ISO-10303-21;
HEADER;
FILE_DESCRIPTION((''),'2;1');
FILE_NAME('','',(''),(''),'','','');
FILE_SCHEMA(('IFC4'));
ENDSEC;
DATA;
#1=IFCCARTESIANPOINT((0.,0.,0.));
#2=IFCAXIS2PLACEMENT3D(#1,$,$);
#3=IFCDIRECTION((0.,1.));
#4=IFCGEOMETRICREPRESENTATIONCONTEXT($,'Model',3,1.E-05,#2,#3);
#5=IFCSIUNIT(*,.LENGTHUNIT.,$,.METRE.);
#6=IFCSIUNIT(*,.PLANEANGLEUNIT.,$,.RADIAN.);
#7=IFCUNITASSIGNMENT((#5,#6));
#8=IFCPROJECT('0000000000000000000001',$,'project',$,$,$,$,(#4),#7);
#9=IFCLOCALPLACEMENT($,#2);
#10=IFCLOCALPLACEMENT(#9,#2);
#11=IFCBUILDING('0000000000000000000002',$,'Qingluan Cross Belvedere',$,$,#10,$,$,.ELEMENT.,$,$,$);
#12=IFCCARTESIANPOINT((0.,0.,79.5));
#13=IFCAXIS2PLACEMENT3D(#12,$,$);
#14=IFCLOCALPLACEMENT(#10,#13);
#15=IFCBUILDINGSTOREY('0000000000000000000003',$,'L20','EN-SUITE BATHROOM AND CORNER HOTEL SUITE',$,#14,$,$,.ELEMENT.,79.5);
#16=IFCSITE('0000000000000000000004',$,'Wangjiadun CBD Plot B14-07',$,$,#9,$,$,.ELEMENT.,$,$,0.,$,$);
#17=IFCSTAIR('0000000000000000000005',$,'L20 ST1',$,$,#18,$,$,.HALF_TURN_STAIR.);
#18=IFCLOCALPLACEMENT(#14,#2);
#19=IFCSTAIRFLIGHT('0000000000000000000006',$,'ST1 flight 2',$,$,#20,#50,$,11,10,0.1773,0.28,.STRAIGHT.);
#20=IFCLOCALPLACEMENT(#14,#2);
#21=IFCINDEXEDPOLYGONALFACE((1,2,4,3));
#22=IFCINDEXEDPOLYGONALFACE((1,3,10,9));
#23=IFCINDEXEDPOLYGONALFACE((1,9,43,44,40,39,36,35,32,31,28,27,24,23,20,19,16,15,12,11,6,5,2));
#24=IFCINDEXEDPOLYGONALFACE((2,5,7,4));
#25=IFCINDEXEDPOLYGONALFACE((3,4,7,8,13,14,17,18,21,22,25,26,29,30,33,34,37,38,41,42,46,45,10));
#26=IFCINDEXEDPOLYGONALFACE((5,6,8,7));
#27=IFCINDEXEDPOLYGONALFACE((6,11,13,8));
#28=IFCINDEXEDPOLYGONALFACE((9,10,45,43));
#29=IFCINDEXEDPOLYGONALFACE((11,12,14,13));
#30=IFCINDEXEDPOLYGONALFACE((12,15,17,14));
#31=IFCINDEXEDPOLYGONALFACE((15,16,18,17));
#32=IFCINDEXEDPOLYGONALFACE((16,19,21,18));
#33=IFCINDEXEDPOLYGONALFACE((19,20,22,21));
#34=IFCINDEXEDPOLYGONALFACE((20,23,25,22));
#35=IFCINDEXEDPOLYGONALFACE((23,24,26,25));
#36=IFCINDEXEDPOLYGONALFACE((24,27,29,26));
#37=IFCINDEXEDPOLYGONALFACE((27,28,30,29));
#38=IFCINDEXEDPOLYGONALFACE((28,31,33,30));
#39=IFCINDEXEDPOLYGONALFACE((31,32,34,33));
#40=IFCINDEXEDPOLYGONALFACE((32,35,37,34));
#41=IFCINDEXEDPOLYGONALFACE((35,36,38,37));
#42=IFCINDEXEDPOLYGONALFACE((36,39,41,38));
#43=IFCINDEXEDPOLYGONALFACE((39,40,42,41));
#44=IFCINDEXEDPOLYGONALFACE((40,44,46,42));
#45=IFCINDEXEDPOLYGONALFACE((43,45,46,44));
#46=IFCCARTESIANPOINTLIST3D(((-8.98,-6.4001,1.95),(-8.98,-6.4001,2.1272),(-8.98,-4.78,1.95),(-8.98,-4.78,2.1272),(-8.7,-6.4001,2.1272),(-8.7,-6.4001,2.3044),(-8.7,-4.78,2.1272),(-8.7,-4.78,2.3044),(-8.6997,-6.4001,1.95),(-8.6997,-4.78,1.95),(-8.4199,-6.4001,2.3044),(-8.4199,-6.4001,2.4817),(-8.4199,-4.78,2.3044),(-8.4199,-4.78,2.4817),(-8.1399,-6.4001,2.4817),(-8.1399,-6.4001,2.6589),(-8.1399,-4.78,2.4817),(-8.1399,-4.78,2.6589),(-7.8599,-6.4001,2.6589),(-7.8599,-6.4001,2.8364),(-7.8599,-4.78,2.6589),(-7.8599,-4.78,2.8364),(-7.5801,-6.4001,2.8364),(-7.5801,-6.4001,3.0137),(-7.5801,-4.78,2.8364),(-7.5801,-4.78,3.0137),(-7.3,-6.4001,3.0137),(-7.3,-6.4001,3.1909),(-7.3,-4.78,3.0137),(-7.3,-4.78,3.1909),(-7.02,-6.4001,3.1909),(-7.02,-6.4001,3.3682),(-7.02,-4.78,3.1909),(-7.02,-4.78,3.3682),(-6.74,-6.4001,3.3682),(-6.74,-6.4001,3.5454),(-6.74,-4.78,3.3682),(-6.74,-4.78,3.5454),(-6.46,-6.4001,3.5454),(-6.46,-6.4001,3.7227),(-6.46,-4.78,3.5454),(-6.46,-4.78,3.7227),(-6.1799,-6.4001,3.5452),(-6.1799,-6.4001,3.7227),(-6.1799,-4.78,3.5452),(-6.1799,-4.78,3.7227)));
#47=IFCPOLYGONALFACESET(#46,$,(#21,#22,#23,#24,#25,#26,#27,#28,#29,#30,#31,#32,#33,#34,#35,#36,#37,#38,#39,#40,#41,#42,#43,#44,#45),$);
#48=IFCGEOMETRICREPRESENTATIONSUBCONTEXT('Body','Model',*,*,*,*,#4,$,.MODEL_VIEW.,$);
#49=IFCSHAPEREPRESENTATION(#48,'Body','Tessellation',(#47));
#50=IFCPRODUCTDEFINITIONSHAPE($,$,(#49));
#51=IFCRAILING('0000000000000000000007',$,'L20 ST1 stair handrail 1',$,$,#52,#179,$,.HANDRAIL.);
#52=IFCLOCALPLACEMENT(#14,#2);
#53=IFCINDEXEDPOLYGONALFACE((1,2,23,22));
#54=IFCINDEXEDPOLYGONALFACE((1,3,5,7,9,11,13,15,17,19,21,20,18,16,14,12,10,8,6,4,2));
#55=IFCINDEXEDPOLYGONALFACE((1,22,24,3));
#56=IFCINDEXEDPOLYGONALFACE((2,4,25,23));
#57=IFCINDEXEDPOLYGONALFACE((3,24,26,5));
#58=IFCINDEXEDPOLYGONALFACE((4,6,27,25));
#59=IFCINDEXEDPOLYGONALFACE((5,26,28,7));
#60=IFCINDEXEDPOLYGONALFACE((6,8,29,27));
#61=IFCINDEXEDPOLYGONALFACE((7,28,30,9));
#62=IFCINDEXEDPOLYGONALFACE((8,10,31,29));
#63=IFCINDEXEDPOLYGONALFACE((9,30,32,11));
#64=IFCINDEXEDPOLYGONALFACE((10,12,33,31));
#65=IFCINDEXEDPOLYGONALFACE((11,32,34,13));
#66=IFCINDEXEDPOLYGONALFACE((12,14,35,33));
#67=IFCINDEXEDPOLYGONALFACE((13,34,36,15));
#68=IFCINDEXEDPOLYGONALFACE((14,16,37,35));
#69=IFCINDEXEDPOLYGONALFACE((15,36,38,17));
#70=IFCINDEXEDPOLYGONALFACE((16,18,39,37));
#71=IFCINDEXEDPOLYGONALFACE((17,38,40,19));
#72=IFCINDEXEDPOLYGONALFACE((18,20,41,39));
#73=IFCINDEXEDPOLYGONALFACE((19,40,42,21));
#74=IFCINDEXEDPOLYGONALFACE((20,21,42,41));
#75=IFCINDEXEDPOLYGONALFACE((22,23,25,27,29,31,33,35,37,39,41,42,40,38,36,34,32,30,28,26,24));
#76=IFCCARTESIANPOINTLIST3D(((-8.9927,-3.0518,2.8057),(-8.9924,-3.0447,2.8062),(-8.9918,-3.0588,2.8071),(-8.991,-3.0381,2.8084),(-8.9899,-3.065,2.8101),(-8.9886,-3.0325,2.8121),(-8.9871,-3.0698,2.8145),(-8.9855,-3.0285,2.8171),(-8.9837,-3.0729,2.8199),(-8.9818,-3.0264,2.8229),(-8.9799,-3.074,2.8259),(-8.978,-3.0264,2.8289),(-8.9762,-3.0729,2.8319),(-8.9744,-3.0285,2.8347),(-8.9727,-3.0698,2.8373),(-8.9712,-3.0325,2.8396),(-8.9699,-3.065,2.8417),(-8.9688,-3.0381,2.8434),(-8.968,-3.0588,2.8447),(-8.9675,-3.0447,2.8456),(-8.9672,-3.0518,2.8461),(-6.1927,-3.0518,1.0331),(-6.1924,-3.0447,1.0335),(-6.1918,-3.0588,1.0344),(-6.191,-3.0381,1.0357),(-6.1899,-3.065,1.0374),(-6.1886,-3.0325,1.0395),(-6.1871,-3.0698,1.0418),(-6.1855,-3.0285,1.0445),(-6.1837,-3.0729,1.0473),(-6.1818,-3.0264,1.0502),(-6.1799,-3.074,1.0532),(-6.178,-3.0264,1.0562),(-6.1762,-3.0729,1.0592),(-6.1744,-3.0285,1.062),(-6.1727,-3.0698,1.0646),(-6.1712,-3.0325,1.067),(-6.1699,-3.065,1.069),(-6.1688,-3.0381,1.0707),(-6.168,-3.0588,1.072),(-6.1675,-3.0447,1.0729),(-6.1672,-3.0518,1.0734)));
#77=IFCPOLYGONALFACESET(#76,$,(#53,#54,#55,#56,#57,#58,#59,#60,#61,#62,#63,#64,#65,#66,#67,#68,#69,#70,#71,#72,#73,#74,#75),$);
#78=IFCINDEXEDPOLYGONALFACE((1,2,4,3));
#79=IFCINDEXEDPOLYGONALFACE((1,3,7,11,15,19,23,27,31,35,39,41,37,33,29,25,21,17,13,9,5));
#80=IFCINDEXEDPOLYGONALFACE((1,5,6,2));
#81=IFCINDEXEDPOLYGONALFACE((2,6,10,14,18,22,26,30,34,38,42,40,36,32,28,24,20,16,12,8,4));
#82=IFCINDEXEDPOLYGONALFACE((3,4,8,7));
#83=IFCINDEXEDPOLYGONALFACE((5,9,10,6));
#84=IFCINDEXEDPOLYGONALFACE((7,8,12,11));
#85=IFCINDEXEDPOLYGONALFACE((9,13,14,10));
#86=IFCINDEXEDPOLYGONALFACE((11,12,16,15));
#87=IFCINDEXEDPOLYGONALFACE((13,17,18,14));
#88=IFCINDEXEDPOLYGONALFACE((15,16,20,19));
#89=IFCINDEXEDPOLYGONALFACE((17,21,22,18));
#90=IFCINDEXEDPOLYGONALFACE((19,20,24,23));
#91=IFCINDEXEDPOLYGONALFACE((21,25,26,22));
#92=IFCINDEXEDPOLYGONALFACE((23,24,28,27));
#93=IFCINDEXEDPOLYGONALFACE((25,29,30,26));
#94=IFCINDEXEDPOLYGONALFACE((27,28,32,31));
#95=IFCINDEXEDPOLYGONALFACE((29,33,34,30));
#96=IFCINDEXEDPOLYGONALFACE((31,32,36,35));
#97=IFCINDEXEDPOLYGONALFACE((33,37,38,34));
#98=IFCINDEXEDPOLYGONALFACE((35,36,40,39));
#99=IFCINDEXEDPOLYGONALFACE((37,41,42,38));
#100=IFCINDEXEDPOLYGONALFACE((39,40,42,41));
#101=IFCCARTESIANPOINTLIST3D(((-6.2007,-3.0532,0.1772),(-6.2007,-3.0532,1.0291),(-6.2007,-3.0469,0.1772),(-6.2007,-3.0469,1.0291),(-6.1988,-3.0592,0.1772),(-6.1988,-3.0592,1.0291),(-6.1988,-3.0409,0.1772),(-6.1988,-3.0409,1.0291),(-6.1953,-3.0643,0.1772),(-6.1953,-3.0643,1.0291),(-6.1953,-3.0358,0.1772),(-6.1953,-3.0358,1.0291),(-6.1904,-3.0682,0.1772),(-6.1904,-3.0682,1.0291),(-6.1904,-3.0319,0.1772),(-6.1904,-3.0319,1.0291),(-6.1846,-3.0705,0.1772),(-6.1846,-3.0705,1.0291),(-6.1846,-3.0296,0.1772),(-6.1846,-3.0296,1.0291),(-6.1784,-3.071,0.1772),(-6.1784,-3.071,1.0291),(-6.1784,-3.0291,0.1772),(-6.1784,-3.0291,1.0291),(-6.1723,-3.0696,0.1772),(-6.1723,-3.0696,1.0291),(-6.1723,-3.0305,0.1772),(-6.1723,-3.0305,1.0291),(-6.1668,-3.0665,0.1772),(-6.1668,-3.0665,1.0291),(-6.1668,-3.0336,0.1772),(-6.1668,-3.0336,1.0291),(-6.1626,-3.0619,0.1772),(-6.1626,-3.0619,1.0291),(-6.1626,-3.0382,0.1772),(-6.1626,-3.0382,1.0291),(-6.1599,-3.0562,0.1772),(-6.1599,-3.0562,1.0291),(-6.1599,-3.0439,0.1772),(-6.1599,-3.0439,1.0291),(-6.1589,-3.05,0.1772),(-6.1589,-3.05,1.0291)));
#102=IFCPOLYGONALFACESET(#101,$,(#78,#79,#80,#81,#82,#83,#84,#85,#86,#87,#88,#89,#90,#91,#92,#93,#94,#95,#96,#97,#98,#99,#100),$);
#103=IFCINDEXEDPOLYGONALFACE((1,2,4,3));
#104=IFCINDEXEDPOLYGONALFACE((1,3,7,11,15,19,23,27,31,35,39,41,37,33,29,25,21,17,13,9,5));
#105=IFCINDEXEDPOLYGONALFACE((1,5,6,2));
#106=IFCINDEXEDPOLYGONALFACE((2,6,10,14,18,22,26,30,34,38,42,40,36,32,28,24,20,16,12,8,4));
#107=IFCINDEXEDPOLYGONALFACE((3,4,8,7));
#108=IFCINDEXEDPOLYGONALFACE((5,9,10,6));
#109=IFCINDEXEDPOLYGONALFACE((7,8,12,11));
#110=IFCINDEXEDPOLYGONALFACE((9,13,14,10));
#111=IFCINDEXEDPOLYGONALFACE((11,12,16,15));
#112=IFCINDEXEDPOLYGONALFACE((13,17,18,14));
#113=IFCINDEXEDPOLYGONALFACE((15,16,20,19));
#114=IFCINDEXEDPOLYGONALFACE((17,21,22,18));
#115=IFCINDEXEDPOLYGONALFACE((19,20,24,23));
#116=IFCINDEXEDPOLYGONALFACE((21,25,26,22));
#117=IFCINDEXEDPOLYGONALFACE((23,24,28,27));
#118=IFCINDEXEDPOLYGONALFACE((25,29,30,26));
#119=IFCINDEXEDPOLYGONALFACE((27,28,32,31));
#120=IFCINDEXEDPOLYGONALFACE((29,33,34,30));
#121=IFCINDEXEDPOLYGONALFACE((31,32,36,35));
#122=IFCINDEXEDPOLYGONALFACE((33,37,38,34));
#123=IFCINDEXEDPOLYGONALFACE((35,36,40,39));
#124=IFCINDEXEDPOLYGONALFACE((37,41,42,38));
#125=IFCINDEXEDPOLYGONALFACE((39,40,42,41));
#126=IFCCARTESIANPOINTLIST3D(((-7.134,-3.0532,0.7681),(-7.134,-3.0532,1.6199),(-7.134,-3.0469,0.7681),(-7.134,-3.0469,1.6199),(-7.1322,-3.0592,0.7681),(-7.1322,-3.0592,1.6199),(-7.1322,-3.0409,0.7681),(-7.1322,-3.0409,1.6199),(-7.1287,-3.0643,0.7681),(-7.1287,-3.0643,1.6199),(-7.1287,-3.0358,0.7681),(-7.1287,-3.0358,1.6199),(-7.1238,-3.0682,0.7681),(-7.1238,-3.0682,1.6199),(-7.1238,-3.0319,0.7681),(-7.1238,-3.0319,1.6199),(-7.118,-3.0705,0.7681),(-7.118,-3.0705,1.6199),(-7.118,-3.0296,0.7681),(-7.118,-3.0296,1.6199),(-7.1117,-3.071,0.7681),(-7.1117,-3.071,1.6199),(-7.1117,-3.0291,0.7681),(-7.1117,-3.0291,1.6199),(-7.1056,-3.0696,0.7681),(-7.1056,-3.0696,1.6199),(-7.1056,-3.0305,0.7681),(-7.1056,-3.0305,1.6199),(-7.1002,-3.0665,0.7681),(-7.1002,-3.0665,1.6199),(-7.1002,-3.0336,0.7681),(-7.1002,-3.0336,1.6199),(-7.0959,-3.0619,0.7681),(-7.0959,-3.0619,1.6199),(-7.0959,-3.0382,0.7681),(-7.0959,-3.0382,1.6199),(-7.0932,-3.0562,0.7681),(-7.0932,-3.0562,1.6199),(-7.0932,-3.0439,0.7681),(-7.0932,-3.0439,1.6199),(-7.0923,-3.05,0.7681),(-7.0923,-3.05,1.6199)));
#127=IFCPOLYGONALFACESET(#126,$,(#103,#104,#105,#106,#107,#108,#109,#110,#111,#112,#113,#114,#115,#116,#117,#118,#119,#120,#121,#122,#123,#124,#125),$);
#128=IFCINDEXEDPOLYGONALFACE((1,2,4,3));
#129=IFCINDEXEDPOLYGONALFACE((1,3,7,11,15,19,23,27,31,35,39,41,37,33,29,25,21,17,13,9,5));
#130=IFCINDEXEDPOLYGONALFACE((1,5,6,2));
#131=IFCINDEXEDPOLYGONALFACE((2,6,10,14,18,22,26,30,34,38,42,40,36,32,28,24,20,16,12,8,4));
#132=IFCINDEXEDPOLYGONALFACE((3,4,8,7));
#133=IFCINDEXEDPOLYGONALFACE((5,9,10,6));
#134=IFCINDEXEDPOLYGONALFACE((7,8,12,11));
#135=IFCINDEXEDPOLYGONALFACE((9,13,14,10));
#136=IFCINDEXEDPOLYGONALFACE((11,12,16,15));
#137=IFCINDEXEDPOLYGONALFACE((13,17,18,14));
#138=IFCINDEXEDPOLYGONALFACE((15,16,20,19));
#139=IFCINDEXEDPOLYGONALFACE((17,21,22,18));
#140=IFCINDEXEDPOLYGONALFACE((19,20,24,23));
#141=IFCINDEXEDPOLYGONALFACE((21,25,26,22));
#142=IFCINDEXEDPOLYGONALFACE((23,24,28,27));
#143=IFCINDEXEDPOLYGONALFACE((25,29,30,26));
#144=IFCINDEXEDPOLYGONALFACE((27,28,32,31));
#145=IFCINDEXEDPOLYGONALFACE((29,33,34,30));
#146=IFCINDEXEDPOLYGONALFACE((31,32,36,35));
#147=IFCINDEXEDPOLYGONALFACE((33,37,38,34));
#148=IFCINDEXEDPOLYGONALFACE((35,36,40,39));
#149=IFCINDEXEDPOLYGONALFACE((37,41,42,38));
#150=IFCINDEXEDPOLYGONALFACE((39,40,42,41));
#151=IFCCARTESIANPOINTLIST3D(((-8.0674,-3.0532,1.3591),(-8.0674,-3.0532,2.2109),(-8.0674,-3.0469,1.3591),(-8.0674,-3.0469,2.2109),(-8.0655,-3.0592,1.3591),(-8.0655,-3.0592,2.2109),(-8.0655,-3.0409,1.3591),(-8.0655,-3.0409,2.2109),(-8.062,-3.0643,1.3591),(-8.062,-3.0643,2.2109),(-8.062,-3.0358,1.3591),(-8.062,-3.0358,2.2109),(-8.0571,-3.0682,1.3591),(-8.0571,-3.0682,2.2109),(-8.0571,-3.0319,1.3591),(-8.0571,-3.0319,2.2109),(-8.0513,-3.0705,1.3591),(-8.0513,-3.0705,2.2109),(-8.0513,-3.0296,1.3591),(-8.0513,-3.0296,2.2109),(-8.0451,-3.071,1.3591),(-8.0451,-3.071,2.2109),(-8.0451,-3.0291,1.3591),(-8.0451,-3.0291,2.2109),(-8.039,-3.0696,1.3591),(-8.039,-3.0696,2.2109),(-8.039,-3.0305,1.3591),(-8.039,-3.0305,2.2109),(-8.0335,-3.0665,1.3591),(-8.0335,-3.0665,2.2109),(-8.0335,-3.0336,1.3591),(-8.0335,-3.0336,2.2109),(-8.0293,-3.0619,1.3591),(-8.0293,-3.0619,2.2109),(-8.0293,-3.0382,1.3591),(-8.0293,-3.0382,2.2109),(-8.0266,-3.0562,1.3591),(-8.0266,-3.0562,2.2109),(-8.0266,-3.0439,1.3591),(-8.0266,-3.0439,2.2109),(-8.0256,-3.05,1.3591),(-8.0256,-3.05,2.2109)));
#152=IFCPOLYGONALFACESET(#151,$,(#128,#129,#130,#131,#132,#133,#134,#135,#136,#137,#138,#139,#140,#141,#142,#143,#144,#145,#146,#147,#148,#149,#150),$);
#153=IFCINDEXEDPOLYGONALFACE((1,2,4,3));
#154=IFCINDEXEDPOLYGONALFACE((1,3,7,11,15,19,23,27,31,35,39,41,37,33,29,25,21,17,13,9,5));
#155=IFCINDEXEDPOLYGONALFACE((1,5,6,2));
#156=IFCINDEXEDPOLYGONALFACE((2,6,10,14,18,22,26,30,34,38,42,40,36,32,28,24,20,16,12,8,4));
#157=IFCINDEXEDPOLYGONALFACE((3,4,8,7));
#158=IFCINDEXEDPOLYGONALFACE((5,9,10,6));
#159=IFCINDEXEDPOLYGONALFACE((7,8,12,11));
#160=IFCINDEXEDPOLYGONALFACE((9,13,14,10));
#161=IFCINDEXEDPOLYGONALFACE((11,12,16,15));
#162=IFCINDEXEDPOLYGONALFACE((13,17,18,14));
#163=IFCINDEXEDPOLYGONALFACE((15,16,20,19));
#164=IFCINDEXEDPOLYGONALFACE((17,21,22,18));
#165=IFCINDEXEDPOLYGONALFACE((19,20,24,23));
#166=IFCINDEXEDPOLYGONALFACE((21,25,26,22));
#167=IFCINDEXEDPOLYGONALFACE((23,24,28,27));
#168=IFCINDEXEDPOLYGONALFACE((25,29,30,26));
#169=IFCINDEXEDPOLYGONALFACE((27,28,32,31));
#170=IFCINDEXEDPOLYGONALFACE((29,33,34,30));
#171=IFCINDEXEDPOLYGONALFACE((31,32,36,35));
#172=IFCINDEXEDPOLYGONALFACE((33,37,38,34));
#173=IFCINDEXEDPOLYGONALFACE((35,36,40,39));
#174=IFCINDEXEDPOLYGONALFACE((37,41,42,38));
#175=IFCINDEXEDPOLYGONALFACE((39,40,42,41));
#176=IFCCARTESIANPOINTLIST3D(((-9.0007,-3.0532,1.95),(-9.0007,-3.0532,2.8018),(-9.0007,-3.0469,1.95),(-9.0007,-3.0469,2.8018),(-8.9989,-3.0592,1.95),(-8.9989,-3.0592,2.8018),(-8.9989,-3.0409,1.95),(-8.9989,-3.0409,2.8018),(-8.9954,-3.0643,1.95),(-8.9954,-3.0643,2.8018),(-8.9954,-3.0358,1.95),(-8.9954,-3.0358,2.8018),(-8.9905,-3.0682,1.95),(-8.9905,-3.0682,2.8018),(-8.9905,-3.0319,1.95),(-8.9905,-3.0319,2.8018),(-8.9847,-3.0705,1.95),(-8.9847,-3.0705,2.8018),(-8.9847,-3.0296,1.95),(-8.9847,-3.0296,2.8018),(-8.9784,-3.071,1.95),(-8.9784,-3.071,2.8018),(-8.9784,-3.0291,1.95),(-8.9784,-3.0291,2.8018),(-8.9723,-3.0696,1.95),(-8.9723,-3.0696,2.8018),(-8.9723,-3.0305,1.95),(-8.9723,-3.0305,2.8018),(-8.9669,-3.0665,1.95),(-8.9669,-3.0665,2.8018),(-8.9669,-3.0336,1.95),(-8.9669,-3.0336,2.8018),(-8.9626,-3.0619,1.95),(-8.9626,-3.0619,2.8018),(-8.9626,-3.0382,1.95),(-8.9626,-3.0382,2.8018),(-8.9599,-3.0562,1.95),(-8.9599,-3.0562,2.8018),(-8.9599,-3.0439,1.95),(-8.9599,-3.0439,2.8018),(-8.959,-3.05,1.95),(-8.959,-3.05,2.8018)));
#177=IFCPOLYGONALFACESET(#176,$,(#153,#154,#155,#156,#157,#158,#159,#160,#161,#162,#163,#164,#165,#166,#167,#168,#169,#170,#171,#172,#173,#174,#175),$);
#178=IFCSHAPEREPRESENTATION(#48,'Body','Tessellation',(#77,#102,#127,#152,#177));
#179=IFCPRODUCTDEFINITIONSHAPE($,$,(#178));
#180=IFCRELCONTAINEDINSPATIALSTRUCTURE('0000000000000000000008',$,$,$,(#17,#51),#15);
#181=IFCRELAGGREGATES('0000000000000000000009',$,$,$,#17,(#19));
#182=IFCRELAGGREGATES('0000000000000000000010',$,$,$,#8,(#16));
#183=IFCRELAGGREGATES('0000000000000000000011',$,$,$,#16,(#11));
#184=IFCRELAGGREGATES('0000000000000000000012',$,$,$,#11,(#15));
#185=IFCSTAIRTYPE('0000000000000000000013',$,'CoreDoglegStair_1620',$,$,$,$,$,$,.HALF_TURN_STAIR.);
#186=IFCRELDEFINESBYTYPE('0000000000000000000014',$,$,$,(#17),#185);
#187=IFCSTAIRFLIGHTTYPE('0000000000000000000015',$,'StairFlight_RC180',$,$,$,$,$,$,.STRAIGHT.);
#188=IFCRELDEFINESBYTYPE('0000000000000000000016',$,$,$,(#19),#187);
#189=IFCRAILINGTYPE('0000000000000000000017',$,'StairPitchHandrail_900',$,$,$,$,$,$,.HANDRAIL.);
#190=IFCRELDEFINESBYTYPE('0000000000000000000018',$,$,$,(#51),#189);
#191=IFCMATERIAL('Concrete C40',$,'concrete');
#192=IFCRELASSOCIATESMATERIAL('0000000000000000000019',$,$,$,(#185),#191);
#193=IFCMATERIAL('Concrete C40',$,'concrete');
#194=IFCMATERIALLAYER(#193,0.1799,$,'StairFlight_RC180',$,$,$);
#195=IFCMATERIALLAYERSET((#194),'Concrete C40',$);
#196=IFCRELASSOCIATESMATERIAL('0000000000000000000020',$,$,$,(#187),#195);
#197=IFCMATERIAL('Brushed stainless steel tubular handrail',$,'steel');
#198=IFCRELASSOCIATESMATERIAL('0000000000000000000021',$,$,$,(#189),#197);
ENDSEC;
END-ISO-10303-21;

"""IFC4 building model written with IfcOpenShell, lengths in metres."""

from ifc_helpers import new_model, si_unit, direction, frame, origin, origin_2d, place, context, subcontext, project, spatial, polyline, circle, outline, extrude, material, layer, layer_set, type_object, element, aggregate, save


model = new_model("IFC4")

# Units and contexts
model_context = context("Model", 3, precision=1e-05, world=origin(), true_north=direction((0.0, 1.0)))
body_context = subcontext(model_context, "Body", "Model", "MODEL_VIEW")
ifc_project = project(units=[si_unit("LENGTHUNIT", "METRE"), si_unit("PLANEANGLEUNIT", "RADIAN")], contexts=[model_context])

# Site, building, storey
site_placement = place(None, origin())
site = spatial("IfcSite", under=ifc_project, at=site_placement, Name="Wangjiadun CBD Plot B14-07", CompositionType="ELEMENT", RefElevation=0.0)
building_placement = place(site_placement, origin())
building = spatial("IfcBuilding", under=site, at=building_placement, Name="Qingluan Cross Belvedere", CompositionType="ELEMENT")
storey_placement = place(building_placement, frame((0.0, 0.0, 79.5)))
storey = spatial("IfcBuildingStorey", under=building, at=storey_placement, Name="L20", Description="EN-SUITE BATHROOM AND CORNER HOTEL SUITE", CompositionType="ELEMENT", Elevation=79.5)

# Stair, stair flight
ifc_material_1 = material(Name="Concrete C40", Category="concrete")
stair_type = type_object("IfcStairType", Name="CoreDoglegStair_1620", PredefinedType="HALF_TURN_STAIR", material=ifc_material_1)
stair_placement = place(storey_placement, origin())
stair = element("IfcStair", 1, at=stair_placement, inside=storey, type_object=stair_type, Name="L20 ST1", PredefinedType="HALF_TURN_STAIR")
ifc_material_2 = material(Name="Concrete C40", Category="concrete")
ifc_layer_1 = layer(ifc_material_2, 0.1799, Name="StairFlight_RC180")
ifc_layer_set_1 = layer_set([ifc_layer_1], Name="Concrete C40")
stair_flight_type = type_object("IfcStairFlightType", Name="StairFlight_RC180", PredefinedType="STRAIGHT", material=ifc_layer_set_1)
stair_flight_1_placement = place(storey_placement, frame((-8.98, -5.5901, 1.95), z_axis=(0.0, 0.0, 1.0), x_axis=(1.0, 0.0, 0.0)))
stair_flight_1 = element("IfcStairFlight", 2, at=stair_flight_1_placement, type_object=stair_flight_type, Name="ST1 flight 2", NumberOfRisers=11, NumberOfTreads=10, PredefinedType="STRAIGHT", RiserHeight=0.1773, TreadLength=0.28, context=body_context, shape_type="SweptSolid", body=[
    extrude(outline(polyline([(0.0, 0.0), (0.0, 0.1772), (0.28, 0.1772), (0.28, 0.3545), (0.5601, 0.3545), (0.5601, 0.5317), (0.8401, 0.5317), (0.8401, 0.709), (1.1201, 0.709), (1.1201, 0.8865), (1.3999, 0.8865), (1.3999, 1.0637), (1.6799, 1.0637), (1.6799, 1.241), (1.96, 1.241), (1.96, 1.4182), (2.24, 1.4182), (2.24, 1.5955), (2.52, 1.5955), (2.52, 1.7727), (2.8, 1.7727), (2.8, 1.95), (2.8, 1.5952), (0.2803, 0.0), (0.0, 0.0)])), frame((0.0, 0.8101, 0.0), z_axis=(0.0, -1.0, 0.0), x_axis=(1.0, 0.0, 0.0)), (0.0, 0.0, 1.0), 1.6201),
])
aggregate(stair, [stair_flight_1])

# Railing
ifc_material_3 = material(Name="Brushed stainless steel tubular handrail", Category="steel")
railing_type_1 = type_object("IfcRailingType", Name="StairPitchHandrail_900", PredefinedType="HANDRAIL", material=ifc_material_3)
railing_1_placement = place(storey_placement, frame((-6.1799, -3.05, 0.1772)))
element("IfcRailing", 3, at=railing_1_placement, inside=storey, type_object=railing_type_1, Name="L20 ST1 stair handrail 1", PredefinedType="HANDRAIL", context=body_context, shape_type="SweptSolid", body=[
    extrude(circle(Radius=0.0239, at=origin_2d()), frame((0.0, 0.0, 0.876), z_axis=(-0.844909, 0.0, 0.53491), x_axis=(0.0, -1.0, 0.0)), (0.0, 0.0, 1.0), 3.314),
    extrude(circle(Radius=0.021, at=origin_2d()), origin(), (0.0, 0.0, 1.0), 0.8518),
    extrude(circle(Radius=0.021, at=origin_2d()), frame((-0.9333, 0.0, 0.5908)), (0.0, 0.0, 1.0), 0.8518),
    extrude(circle(Radius=0.021, at=origin_2d()), frame((-1.8667, 0.0, 1.1819)), (0.0, 0.0, 1.0), 0.8518),
    extrude(circle(Radius=0.021, at=origin_2d()), frame((-2.8, 0.0, 1.7727)), (0.0, 0.0, 1.0), 0.8518),
])

save(model, "model.ifc")
